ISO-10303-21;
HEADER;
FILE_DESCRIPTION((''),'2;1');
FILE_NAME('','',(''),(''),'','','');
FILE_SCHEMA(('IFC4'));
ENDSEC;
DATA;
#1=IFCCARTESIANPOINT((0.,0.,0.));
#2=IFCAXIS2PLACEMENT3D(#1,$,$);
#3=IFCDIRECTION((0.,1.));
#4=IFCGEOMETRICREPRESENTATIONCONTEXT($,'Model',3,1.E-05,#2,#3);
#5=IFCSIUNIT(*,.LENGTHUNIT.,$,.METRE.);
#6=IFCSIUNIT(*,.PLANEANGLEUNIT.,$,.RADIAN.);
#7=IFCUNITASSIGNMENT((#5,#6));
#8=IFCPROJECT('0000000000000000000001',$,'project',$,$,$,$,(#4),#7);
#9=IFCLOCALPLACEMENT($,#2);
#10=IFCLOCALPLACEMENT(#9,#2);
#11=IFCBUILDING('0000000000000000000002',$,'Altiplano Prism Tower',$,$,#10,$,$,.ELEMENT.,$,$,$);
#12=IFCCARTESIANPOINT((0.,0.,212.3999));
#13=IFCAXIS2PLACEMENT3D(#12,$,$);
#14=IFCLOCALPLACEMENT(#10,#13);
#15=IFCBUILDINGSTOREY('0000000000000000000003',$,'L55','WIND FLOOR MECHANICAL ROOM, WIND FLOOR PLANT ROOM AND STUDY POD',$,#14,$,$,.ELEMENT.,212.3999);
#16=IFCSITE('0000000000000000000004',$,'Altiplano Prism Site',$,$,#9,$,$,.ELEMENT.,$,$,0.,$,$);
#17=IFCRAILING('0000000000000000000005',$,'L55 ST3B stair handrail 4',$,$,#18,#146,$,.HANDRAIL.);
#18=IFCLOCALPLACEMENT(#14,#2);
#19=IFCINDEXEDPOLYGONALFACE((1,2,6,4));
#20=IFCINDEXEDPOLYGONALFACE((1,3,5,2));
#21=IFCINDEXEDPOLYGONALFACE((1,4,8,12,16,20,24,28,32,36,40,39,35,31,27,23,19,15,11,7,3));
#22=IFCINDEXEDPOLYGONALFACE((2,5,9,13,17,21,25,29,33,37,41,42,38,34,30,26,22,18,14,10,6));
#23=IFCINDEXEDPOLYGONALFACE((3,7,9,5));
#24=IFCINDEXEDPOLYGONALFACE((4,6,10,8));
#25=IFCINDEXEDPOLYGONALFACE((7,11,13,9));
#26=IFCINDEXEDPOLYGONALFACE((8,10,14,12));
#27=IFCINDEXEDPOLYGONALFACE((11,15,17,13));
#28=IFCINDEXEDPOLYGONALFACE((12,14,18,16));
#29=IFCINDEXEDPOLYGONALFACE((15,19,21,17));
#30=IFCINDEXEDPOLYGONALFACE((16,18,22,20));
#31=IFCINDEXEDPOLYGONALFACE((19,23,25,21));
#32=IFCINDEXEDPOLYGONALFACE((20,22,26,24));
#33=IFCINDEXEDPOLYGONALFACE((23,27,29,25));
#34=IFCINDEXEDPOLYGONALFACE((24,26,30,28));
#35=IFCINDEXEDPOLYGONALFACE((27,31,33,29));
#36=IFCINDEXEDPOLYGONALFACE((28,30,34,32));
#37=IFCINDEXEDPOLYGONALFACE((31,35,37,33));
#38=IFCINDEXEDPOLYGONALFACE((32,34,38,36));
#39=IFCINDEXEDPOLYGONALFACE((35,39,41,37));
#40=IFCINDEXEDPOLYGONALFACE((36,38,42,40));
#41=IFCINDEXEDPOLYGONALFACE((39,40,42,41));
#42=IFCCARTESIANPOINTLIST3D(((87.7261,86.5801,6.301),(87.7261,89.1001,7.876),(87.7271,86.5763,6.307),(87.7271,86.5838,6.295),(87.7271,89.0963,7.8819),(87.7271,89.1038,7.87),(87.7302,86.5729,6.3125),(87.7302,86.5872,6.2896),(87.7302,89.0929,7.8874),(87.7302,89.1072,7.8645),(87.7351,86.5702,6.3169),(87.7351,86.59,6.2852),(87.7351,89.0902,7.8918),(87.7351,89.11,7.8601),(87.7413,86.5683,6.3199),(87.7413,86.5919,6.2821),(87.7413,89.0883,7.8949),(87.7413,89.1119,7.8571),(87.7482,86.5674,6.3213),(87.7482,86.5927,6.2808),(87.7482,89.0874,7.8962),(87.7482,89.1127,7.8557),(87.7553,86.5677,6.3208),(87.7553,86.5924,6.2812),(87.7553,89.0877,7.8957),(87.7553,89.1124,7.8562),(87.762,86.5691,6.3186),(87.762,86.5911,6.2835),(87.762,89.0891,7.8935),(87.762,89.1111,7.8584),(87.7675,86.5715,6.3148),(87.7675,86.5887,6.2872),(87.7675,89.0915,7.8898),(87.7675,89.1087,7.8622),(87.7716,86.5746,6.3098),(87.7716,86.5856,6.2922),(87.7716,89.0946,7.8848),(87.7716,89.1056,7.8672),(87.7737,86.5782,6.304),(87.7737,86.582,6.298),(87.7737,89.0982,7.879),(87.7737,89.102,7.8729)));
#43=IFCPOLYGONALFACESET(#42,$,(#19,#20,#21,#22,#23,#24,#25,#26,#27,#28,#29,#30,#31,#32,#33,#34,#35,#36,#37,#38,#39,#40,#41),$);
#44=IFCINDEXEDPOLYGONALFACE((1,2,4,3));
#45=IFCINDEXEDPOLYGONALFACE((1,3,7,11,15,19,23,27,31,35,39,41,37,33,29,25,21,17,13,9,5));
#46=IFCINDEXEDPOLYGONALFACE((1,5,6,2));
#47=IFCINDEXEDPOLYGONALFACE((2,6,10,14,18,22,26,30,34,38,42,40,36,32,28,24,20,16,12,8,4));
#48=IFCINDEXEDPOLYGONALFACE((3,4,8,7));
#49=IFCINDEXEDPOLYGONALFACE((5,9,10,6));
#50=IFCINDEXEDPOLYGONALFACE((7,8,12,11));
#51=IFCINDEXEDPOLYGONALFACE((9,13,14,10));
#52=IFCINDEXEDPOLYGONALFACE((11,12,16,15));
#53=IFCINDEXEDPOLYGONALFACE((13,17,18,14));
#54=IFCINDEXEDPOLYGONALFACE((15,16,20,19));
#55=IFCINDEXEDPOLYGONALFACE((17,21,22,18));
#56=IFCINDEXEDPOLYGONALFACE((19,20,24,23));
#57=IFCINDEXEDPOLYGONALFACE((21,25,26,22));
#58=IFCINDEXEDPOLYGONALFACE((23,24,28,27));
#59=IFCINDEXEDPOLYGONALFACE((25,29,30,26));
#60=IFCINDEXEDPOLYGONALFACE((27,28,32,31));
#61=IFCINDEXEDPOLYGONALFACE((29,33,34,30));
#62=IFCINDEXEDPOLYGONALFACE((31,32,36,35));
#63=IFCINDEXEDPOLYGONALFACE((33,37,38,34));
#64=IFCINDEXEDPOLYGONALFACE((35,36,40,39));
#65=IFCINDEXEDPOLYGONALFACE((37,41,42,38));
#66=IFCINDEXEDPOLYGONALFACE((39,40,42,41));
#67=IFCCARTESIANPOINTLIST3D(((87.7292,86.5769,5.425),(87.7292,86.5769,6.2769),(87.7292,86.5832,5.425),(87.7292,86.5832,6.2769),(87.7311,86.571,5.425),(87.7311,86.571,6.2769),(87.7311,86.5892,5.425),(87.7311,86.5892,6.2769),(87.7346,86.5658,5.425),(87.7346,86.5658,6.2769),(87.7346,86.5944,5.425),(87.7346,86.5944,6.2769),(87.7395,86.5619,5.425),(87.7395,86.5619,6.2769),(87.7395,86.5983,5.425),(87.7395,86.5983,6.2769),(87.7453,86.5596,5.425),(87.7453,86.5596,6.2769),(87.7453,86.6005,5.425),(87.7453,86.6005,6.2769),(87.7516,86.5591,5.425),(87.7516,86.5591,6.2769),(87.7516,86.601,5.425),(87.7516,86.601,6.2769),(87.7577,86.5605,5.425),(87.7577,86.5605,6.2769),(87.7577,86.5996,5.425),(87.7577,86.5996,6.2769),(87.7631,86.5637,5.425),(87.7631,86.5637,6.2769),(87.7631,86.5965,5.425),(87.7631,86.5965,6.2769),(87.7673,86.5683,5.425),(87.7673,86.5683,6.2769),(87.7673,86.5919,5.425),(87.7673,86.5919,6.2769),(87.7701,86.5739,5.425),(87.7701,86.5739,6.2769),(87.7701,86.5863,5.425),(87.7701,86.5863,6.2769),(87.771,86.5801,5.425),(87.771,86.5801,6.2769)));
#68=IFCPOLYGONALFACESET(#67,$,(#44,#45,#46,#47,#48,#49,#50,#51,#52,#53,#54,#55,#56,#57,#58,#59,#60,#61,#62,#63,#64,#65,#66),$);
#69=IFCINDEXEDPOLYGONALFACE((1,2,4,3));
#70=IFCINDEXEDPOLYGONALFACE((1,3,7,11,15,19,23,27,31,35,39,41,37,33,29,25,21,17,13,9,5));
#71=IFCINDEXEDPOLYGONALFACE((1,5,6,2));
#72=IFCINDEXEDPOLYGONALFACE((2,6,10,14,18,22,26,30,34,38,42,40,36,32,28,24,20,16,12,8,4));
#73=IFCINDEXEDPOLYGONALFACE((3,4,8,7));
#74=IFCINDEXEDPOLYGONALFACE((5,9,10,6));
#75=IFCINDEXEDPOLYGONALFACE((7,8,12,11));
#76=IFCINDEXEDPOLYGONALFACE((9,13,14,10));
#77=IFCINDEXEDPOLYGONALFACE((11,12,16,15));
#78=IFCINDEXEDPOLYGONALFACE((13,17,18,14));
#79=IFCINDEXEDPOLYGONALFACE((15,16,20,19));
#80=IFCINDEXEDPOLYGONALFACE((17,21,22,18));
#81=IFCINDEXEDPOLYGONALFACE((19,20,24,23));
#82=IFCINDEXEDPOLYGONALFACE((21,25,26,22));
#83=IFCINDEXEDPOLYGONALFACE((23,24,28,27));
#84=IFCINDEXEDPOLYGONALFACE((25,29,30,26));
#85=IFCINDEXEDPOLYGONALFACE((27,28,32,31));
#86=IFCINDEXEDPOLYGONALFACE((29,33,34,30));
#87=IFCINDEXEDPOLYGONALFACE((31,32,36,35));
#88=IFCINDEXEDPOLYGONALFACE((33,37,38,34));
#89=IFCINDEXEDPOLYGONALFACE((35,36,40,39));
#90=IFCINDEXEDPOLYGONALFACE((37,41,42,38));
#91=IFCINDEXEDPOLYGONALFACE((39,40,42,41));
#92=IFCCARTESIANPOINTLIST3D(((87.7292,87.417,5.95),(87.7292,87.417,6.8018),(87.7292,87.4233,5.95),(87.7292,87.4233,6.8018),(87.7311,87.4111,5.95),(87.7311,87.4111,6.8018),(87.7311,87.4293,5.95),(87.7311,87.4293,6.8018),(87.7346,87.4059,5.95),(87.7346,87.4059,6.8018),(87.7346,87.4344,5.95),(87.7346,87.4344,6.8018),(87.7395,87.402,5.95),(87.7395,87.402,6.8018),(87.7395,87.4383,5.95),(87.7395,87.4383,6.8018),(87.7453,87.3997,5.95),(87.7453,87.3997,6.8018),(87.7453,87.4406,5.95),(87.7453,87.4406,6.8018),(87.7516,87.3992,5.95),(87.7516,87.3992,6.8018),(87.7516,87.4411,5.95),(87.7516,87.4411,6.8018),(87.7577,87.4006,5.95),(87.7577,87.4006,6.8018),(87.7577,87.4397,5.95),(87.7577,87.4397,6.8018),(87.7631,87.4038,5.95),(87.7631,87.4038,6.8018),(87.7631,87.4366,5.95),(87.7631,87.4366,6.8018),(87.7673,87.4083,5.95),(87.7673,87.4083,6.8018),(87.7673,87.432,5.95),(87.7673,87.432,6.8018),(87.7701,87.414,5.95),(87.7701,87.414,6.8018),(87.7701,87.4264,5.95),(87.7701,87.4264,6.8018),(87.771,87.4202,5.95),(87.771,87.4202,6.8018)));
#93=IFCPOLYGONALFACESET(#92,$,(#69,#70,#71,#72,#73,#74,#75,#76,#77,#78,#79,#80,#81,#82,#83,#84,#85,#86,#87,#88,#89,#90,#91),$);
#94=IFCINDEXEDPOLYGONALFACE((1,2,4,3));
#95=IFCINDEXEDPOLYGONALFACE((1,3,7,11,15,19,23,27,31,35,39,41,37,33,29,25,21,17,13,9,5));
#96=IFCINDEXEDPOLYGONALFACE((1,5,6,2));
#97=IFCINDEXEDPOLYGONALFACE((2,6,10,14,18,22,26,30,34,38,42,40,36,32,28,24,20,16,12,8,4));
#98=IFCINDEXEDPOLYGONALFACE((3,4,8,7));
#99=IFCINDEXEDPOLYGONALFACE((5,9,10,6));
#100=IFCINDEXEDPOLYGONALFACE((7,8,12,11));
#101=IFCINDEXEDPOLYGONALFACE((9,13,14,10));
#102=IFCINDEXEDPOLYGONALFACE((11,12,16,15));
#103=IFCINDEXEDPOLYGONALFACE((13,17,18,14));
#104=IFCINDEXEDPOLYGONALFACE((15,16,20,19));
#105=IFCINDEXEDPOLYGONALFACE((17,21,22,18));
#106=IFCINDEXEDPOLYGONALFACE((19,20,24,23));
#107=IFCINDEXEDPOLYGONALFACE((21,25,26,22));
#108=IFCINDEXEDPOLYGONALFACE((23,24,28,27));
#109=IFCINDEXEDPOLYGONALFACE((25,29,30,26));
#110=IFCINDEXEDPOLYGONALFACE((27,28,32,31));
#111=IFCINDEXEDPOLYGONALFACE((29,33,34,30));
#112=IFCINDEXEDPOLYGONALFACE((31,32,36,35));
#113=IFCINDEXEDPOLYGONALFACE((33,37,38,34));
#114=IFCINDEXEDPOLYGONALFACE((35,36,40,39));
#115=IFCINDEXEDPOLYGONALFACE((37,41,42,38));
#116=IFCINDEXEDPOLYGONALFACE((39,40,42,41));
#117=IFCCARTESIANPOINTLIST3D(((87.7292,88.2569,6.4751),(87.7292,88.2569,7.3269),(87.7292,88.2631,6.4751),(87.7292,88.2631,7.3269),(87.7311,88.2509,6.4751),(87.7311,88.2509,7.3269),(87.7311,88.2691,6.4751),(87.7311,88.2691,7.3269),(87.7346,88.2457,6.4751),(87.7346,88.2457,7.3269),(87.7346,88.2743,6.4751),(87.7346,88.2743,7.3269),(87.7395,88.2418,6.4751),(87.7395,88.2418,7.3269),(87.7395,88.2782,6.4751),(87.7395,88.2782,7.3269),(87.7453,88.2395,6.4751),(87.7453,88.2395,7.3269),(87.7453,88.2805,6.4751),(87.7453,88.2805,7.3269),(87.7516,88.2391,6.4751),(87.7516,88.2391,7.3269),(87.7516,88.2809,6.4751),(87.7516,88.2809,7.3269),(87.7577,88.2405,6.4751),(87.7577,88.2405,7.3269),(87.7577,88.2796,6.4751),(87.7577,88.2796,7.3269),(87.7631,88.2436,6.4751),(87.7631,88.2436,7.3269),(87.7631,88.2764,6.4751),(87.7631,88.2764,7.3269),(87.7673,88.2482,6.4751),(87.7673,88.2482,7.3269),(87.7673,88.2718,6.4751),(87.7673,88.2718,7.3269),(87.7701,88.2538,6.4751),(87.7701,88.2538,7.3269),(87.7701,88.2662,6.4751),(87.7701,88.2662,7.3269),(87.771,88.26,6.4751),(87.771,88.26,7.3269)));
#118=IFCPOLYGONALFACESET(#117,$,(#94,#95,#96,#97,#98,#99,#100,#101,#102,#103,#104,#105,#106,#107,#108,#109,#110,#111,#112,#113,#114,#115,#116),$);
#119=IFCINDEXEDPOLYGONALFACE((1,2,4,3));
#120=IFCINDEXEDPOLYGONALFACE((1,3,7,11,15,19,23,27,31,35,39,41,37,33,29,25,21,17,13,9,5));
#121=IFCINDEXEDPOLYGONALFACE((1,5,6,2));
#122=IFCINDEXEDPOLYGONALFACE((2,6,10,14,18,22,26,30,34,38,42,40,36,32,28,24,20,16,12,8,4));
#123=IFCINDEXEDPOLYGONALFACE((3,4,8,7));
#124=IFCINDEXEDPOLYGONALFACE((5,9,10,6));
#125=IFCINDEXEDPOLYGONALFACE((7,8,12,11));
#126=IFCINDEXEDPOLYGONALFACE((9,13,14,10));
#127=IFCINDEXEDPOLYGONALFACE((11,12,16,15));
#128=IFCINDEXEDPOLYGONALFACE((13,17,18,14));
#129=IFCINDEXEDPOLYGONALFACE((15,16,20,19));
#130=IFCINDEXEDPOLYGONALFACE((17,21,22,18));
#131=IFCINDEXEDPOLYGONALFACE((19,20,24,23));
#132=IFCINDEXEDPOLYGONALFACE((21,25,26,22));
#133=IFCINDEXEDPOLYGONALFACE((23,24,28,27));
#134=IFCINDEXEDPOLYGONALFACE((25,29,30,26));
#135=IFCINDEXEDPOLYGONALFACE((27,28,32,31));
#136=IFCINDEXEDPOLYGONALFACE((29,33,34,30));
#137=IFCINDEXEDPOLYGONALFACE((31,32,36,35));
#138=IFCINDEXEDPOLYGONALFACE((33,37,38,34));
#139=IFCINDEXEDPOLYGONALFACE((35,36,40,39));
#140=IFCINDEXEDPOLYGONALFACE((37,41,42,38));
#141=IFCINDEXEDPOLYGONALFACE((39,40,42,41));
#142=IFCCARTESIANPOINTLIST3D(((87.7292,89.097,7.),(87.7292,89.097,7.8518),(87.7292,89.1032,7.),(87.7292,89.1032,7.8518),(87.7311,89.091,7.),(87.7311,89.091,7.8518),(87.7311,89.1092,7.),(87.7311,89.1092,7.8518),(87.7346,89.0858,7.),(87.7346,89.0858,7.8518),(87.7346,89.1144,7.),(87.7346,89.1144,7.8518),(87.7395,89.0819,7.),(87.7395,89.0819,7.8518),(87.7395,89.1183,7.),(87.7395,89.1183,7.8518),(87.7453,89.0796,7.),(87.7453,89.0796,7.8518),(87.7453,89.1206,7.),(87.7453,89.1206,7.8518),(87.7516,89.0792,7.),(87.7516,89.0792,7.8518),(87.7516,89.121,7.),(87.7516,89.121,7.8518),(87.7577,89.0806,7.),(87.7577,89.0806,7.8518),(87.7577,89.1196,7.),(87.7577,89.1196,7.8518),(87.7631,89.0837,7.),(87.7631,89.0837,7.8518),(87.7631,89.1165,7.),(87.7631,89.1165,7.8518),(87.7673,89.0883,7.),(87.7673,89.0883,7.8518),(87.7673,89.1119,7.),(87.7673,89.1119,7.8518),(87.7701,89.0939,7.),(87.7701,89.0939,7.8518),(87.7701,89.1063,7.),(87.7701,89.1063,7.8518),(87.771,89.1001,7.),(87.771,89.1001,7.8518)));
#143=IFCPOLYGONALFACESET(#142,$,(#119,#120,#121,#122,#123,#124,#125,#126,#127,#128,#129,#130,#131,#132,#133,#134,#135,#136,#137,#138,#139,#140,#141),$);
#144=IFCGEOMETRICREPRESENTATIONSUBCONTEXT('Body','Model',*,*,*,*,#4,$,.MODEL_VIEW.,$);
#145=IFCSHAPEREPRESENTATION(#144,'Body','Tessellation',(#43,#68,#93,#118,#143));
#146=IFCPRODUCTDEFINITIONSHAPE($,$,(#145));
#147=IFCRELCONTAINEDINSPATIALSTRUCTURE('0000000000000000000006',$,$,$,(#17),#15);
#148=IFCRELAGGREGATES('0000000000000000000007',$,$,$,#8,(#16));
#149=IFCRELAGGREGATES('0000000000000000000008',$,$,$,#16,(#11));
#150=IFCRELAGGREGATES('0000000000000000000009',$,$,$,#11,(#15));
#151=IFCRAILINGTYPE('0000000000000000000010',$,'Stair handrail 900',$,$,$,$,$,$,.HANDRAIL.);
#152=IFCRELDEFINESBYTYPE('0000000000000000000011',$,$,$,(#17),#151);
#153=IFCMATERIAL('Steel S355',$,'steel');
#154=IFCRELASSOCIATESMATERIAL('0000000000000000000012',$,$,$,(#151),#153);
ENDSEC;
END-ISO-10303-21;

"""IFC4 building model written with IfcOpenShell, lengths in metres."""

from ifc_helpers import new_model, si_unit, direction, frame, origin, origin_2d, place, context, subcontext, project, spatial, circle, extrude, material, type_object, element, save


model = new_model("IFC4")

# Units and contexts
model_context = context("Model", 3, precision=1e-05, world=origin(), true_north=direction((0.0, 1.0)))
body_context = subcontext(model_context, "Body", "Model", "MODEL_VIEW")
ifc_project = project(units=[si_unit("LENGTHUNIT", "METRE"), si_unit("PLANEANGLEUNIT", "RADIAN")], contexts=[model_context])

# Site, building, storey
site_placement = place(None, origin())
site = spatial("IfcSite", under=ifc_project, at=site_placement, Name="Altiplano Prism Site", CompositionType="ELEMENT", RefElevation=0.0)
building_placement = place(site_placement, origin())
building = spatial("IfcBuilding", under=site, at=building_placement, Name="Altiplano Prism Tower", CompositionType="ELEMENT")
storey_placement = place(building_placement, frame((0.0, 0.0, 212.3999)))
storey = spatial("IfcBuildingStorey", under=building, at=storey_placement, Name="L55", Description="WIND FLOOR MECHANICAL ROOM, WIND FLOOR PLANT ROOM AND STUDY POD", CompositionType="ELEMENT", Elevation=212.3999)

# Shared definitions
ifc_material_1 = material(Name="Steel S355", Category="steel")

# Railing
railing_type_1 = type_object("IfcRailingType", Name="Stair handrail 900", PredefinedType="HANDRAIL", material=ifc_material_1)
railing_1_placement = place(storey_placement, frame((87.75, 86.5801, 5.425)))
element("IfcRailing", 1, at=railing_1_placement, inside=storey, type_object=railing_type_1, Name="L55 ST3B stair handrail 4", PredefinedType="HANDRAIL", context=body_context, shape_type="SweptSolid", body=[
    extrude(circle(Radius=0.0239, at=origin_2d()), frame((0.0, 0.0, 0.876), z_axis=(0.0, 0.848008, 0.529984), x_axis=(-1.0, 0.0, 0.0)), (0.0, 0.0, 1.0), 2.9717),
    extrude(circle(Radius=0.021, at=origin_2d()), origin(), (0.0, 0.0, 1.0), 0.8518),
    extrude(circle(Radius=0.021, at=origin_2d()), frame((0.0, 0.8401, 0.5249)), (0.0, 0.0, 1.0), 0.8518),
    extrude(circle(Radius=0.021, at=origin_2d()), frame((0.0, 1.6799, 1.05)), (0.0, 0.0, 1.0), 0.8518),
    extrude(circle(Radius=0.021, at=origin_2d()), frame((0.0, 2.52, 1.575)), (0.0, 0.0, 1.0), 0.8518),
])

save(model, "model.ifc")
